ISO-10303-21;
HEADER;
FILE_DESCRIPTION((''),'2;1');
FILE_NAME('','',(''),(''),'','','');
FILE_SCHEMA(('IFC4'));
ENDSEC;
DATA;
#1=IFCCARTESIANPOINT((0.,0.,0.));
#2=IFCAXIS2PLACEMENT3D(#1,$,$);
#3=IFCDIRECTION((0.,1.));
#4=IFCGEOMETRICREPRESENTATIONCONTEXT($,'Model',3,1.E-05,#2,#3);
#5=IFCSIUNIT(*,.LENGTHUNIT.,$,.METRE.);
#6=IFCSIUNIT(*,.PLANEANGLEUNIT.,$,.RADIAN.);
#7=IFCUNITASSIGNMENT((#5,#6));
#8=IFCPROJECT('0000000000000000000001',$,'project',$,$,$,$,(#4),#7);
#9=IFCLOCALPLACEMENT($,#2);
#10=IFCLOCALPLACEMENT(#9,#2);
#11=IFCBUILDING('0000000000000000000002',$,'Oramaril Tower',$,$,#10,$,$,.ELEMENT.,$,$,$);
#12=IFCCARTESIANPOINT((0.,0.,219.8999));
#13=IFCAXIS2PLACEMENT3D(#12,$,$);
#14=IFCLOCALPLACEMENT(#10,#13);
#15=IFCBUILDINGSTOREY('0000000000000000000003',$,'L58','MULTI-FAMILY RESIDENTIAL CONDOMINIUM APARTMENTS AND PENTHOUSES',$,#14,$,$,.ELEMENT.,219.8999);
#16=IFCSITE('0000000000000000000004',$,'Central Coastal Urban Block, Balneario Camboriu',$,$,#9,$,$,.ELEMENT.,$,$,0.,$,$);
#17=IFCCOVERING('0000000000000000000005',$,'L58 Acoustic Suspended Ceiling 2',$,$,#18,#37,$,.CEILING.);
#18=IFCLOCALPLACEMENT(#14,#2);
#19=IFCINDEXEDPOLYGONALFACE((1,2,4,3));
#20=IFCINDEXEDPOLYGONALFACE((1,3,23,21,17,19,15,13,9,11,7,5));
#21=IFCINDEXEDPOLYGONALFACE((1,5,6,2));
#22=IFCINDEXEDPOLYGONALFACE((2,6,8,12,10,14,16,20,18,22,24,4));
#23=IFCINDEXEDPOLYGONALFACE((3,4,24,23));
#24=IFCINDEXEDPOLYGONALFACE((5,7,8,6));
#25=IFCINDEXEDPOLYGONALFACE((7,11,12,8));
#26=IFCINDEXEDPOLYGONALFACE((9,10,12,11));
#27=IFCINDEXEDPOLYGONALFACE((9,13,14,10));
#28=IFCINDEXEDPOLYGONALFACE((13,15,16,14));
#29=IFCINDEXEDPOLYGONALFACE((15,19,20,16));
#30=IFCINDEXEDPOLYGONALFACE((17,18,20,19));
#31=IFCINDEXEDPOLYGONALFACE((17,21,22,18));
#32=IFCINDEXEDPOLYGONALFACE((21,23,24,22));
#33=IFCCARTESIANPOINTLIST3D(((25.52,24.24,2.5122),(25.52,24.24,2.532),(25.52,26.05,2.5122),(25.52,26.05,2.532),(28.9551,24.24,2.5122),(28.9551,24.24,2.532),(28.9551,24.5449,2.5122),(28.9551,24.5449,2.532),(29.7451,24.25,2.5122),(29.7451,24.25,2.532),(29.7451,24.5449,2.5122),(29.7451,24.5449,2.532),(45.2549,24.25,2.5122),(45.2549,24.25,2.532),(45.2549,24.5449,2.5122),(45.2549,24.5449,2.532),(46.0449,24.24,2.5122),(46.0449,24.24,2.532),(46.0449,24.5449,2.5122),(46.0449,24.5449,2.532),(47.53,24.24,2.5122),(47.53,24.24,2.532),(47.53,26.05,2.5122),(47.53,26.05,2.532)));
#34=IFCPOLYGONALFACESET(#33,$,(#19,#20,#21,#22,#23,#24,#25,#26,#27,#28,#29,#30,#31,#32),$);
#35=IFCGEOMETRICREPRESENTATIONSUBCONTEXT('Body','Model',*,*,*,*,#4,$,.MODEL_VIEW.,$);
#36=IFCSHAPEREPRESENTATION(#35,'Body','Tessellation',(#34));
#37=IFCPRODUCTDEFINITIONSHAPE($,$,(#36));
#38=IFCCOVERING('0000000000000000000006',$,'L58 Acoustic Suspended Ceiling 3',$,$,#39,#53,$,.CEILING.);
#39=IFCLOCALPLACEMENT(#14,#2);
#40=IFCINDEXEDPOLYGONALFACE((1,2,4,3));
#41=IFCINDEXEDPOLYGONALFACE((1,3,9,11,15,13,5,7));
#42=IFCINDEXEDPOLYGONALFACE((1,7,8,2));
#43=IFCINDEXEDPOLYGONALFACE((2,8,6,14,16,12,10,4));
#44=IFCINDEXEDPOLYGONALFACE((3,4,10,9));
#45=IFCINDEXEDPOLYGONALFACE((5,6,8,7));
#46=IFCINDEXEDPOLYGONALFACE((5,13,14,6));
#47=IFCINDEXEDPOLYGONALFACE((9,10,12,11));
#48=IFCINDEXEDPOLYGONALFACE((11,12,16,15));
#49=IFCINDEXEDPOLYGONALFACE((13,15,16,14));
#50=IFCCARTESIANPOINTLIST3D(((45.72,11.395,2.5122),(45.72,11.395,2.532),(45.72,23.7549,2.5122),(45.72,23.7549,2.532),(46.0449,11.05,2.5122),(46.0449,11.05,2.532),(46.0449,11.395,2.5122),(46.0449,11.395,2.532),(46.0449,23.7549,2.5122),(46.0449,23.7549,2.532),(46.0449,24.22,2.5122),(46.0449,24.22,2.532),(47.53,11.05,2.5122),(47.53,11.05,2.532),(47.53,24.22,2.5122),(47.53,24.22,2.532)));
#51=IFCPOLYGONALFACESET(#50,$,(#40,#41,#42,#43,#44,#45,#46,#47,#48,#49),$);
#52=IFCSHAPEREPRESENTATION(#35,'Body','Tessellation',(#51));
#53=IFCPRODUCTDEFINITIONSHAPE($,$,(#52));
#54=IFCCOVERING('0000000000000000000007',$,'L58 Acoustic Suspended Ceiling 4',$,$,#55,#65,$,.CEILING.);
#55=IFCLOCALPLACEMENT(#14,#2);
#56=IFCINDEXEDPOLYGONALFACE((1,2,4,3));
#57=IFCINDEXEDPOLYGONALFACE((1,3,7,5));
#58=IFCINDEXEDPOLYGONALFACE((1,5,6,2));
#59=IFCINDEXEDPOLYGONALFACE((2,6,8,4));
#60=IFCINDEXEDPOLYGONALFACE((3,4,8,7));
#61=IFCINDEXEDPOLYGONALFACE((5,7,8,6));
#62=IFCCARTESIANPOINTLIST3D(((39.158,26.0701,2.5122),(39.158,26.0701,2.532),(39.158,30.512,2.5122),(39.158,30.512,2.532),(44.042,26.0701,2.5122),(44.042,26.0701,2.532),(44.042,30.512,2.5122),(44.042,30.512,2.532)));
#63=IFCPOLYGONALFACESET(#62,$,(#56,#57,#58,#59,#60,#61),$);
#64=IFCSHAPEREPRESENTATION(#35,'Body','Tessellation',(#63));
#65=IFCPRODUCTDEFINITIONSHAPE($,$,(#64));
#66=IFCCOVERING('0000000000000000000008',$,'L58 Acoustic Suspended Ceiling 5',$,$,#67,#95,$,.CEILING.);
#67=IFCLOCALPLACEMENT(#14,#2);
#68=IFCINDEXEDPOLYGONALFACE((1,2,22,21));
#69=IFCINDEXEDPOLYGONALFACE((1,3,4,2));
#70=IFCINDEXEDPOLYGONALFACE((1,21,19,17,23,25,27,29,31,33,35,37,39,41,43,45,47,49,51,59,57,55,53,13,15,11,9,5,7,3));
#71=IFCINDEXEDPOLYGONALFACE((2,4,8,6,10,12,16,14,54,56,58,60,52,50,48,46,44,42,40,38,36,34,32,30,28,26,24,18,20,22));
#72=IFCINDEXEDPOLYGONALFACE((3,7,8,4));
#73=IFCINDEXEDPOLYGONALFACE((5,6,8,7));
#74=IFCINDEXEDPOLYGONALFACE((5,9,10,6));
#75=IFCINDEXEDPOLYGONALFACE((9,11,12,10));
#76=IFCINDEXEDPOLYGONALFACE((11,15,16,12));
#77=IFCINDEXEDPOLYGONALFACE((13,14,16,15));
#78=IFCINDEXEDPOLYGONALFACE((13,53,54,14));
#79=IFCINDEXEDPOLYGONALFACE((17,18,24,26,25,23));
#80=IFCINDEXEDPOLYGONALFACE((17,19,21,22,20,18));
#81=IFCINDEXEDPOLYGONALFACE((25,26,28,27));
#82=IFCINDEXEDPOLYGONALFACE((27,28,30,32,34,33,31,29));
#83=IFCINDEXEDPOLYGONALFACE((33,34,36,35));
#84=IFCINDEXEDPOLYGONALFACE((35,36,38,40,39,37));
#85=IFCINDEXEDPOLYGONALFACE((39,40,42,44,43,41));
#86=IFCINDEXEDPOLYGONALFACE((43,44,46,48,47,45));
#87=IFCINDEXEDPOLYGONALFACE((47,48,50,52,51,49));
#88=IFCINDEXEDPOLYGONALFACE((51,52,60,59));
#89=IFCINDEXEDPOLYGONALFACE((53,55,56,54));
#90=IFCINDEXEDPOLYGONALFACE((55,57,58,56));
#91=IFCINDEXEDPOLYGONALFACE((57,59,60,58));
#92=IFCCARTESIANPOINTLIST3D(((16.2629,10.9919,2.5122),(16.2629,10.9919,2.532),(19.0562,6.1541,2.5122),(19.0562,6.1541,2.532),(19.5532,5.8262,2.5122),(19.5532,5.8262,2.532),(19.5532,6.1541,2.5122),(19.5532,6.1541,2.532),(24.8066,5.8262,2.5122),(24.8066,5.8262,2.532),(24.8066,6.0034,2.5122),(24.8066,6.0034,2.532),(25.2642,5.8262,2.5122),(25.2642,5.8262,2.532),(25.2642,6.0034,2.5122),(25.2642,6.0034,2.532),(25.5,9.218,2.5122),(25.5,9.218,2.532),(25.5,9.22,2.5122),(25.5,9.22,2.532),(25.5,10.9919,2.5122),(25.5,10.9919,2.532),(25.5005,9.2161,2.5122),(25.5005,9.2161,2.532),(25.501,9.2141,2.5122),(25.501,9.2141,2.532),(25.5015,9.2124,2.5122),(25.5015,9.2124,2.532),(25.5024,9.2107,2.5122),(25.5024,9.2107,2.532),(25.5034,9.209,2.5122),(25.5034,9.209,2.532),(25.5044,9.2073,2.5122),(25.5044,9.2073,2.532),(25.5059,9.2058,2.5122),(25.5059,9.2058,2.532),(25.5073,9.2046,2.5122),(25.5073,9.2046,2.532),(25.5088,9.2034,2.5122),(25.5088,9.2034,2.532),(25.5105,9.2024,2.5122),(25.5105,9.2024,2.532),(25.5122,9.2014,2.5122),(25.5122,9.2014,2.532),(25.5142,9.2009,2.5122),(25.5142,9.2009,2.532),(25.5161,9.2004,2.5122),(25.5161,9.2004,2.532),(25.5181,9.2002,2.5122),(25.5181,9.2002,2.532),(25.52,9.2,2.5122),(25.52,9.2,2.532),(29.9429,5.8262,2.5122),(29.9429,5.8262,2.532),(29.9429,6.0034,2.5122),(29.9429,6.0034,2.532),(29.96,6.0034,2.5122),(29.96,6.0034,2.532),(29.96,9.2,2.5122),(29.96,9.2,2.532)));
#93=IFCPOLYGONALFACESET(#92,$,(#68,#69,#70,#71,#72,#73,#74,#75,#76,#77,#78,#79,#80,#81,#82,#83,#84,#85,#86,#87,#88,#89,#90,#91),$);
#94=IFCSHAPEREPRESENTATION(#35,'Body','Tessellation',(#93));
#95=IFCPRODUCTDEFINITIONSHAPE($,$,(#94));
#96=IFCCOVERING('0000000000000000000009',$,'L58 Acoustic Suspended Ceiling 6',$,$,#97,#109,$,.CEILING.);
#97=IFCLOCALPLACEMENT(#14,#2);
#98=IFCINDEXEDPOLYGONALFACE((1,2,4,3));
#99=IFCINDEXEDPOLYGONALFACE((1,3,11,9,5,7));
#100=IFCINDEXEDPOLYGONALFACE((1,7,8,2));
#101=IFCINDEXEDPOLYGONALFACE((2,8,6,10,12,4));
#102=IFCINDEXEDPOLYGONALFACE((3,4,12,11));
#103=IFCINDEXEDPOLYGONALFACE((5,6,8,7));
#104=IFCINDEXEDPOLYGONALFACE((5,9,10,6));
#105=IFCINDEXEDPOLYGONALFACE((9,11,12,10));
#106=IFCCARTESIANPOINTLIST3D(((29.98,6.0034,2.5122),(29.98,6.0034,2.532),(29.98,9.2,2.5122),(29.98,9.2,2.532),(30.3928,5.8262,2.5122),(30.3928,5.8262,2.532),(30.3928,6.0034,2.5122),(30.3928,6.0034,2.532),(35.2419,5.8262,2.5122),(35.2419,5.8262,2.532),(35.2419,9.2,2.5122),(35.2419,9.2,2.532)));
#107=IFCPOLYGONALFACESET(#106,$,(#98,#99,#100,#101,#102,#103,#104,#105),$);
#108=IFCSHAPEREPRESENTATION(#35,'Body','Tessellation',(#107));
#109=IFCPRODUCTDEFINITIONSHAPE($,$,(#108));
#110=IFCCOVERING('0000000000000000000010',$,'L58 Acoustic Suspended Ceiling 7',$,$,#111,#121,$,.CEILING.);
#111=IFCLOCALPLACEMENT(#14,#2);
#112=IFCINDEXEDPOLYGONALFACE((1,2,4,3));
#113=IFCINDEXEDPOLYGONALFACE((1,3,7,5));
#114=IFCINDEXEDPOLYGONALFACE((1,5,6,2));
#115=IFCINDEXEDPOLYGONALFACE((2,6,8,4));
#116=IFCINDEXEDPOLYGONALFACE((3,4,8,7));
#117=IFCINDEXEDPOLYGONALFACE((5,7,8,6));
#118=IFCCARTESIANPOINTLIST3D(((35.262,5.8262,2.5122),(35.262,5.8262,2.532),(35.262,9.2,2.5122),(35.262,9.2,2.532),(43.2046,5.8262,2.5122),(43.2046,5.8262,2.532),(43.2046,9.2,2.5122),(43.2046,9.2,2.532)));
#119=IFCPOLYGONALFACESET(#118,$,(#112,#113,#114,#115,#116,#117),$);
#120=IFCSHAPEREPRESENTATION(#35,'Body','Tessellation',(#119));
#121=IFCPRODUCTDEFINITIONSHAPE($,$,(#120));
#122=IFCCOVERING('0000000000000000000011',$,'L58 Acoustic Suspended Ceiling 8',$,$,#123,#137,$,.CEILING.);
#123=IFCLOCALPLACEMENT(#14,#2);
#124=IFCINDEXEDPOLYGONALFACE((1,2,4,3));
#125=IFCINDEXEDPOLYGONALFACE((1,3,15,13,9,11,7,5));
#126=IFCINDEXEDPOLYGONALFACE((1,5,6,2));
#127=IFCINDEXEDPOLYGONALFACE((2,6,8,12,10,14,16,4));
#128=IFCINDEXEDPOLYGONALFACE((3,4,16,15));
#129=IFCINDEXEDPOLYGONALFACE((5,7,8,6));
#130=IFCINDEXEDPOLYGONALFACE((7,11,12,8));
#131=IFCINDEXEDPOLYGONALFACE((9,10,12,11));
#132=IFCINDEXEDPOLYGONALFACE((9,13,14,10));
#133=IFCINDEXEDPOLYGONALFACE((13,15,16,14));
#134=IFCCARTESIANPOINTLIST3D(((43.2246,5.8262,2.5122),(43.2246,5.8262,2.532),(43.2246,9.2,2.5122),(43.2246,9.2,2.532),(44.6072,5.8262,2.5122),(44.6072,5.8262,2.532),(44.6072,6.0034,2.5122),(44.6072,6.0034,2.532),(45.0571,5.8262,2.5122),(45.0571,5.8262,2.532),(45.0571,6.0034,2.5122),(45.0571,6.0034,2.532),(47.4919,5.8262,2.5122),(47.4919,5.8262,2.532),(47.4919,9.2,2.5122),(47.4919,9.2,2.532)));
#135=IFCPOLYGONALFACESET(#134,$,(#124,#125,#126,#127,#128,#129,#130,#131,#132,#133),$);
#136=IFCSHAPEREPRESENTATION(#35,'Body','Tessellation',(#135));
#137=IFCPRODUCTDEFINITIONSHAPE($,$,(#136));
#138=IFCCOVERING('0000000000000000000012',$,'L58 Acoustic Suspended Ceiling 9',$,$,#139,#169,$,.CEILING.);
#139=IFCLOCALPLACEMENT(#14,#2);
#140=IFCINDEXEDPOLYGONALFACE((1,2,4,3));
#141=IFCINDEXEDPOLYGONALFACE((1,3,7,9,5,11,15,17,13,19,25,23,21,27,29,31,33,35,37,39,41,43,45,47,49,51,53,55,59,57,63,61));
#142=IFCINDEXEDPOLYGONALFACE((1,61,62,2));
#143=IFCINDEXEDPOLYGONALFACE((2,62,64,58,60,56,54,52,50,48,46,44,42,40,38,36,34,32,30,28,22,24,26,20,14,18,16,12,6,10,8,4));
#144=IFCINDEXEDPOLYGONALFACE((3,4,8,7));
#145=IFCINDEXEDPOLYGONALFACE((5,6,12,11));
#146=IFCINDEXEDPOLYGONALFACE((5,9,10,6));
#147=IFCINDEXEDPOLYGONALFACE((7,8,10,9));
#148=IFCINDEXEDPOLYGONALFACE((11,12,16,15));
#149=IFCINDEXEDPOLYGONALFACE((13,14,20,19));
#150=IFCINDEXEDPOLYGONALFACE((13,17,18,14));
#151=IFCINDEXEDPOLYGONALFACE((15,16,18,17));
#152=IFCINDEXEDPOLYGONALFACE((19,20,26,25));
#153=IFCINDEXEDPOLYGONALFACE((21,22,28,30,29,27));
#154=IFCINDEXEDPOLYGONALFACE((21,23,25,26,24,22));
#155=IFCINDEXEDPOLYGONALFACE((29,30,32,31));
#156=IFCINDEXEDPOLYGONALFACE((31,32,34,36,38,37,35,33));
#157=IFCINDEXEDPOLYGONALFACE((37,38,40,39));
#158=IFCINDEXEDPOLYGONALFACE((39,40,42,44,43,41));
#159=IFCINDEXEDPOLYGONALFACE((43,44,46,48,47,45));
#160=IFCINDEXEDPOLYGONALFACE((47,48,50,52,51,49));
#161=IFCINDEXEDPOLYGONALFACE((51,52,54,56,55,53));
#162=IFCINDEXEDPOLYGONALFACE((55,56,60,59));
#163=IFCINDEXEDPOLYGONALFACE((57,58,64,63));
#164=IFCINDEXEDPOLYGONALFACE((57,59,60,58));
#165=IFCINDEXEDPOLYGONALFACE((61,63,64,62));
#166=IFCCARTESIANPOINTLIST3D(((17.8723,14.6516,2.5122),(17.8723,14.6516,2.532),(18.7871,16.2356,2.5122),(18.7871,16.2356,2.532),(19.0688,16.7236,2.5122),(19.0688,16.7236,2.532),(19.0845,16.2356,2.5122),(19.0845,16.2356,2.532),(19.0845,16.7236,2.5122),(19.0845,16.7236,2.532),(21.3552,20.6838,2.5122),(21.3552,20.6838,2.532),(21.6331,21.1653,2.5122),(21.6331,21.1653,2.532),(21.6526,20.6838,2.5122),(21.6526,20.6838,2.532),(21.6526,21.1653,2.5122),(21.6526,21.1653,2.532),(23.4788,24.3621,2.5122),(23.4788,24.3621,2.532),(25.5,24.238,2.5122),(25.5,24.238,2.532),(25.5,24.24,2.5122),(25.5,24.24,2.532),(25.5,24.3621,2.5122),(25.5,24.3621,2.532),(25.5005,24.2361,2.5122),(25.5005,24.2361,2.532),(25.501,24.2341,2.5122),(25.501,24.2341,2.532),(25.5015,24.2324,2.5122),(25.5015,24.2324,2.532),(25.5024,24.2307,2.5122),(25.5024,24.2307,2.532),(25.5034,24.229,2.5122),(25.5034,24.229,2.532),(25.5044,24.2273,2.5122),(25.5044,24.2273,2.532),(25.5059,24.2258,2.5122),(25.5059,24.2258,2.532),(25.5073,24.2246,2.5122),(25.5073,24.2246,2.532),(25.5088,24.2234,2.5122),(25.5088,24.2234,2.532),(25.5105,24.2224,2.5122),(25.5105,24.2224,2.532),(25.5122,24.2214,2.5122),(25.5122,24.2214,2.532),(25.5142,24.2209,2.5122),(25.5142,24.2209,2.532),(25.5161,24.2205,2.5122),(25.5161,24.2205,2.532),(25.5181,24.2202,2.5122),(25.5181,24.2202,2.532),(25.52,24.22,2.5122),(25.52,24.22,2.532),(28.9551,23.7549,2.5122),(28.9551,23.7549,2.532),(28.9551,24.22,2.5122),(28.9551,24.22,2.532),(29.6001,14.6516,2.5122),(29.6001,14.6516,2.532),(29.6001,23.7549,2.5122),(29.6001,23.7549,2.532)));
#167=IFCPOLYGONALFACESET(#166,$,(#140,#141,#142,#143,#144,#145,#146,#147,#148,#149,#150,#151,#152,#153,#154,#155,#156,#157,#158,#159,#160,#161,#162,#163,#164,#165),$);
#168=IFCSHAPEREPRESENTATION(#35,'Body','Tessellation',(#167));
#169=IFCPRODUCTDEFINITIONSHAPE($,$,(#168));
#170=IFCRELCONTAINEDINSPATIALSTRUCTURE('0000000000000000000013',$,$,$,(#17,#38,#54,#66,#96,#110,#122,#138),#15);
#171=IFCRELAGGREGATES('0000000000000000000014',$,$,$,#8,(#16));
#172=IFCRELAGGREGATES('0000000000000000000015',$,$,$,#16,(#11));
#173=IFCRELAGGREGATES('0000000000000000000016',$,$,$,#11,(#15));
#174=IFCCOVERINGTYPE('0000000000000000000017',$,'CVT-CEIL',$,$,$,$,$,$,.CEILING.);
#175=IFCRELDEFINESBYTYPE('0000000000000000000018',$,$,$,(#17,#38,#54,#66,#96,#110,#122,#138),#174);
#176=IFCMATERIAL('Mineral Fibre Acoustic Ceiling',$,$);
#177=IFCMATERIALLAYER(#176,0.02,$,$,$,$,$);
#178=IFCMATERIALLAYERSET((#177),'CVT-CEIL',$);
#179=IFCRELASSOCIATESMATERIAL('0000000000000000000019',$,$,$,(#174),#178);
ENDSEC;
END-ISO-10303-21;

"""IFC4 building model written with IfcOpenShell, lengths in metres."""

from ifc_helpers import new_model, si_unit, direction, frame, origin, place, context, subcontext, project, spatial, polyline, outline, extrude, material, layer, layer_set, type_object, element, save


model = new_model("IFC4")

# Units and contexts
model_context = context("Model", 3, precision=1e-05, world=origin(), true_north=direction((0.0, 1.0)))
body_context = subcontext(model_context, "Body", "Model", "MODEL_VIEW")
ifc_project = project(units=[si_unit("LENGTHUNIT", "METRE"), si_unit("PLANEANGLEUNIT", "RADIAN")], contexts=[model_context])

# Site, building, storey
site_placement = place(None, origin())
site = spatial("IfcSite", under=ifc_project, at=site_placement, Name="Central Coastal Urban Block, Balneario Camboriu", CompositionType="ELEMENT", RefElevation=0.0)
building_placement = place(site_placement, origin())
building = spatial("IfcBuilding", under=site, at=building_placement, Name="Oramaril Tower", CompositionType="ELEMENT")
storey_placement = place(building_placement, frame((0.0, 0.0, 219.8999)))
storey = spatial("IfcBuildingStorey", under=building, at=storey_placement, Name="L58", Description="MULTI-FAMILY RESIDENTIAL CONDOMINIUM APARTMENTS AND PENTHOUSES", CompositionType="ELEMENT", Elevation=219.8999)

# Coverings
ifc_material_1 = material(Name="Mineral Fibre Acoustic Ceiling")
ifc_layer_1 = layer(ifc_material_1, 0.02)
ifc_layer_set_1 = layer_set([ifc_layer_1], Name="CVT-CEIL")
covering_type_1 = type_object("IfcCoveringType", Name="CVT-CEIL", PredefinedType="CEILING", material=ifc_layer_set_1)
covering_1_placement = place(storey_placement, frame((0.0, 0.0, 2.5122)))
element("IfcCovering", 1, at=covering_1_placement, inside=storey, type_object=covering_type_1, Name="L58 Acoustic Suspended Ceiling 2", PredefinedType="CEILING", context=body_context, shape_type="SweptSolid", body=[
    extrude(outline(polyline([(47.53, 24.24), (46.0449, 24.24), (46.0449, 24.5449), (45.2549, 24.5449), (45.2549, 24.25), (29.7451, 24.25), (29.7451, 24.5449), (28.9551, 24.5449), (28.9551, 24.24), (25.52, 24.24), (25.52, 26.05), (47.53, 26.05), (47.53, 24.24)])), origin(), (0.0, 0.0, 1.0), 0.0198),
])
covering_2_placement = place(storey_placement, frame((0.0, 0.0, 2.5122)))
element("IfcCovering", 2, at=covering_2_placement, inside=storey, type_object=covering_type_1, Name="L58 Acoustic Suspended Ceiling 3", PredefinedType="CEILING", context=body_context, shape_type="SweptSolid", body=[
    extrude(outline(polyline([(47.53, 11.05), (46.0449, 11.05), (46.0449, 11.395), (45.72, 11.395), (45.72, 23.7549), (46.0449, 23.7549), (46.0449, 24.22), (47.53, 24.22), (47.53, 11.05)])), origin(), (0.0, 0.0, 1.0), 0.0198),
])
covering_3_placement = place(storey_placement, frame((0.0, 0.0, 2.5122)))
element("IfcCovering", 3, at=covering_3_placement, inside=storey, type_object=covering_type_1, Name="L58 Acoustic Suspended Ceiling 4", PredefinedType="CEILING", context=body_context, shape_type="SweptSolid", body=[
    extrude(outline(polyline([(44.042, 30.512), (44.042, 26.0701), (39.158, 26.0701), (39.158, 30.512), (44.042, 30.512)])), origin(), (0.0, 0.0, 1.0), 0.0198),
])
covering_4_placement = place(storey_placement, frame((0.0, 0.0, 2.5122)))
element("IfcCovering", 4, at=covering_4_placement, inside=storey, type_object=covering_type_1, Name="L58 Acoustic Suspended Ceiling 5", PredefinedType="CEILING", context=body_context, shape_type="SweptSolid", body=[
    extrude(outline(polyline([(29.96, 6.0034), (29.9429, 6.0034), (29.9429, 5.8262), (25.2642, 5.8262), (25.2642, 6.0034), (24.8066, 6.0034), (24.8066, 5.8262), (19.5532, 5.8262), (19.5532, 6.1541), (19.0562, 6.1541), (16.2629, 10.9919), (25.5, 10.9919), (25.5, 9.22), (25.5, 9.218), (25.5005, 9.2161), (25.501, 9.2141), (25.5015, 9.2124), (25.5024, 9.2107), (25.5034, 9.209), (25.5044, 9.2073), (25.5059, 9.2058), (25.5073, 9.2046), (25.5088, 9.2034), (25.5105, 9.2024), (25.5122, 9.2014), (25.5142, 9.2009), (25.5161, 9.2004), (25.5181, 9.2002), (25.52, 9.2), (29.96, 9.2), (29.96, 6.0034)])), origin(), (0.0, 0.0, 1.0), 0.0198),
])
covering_5_placement = place(storey_placement, frame((0.0, 0.0, 2.5122)))
element("IfcCovering", 5, at=covering_5_placement, inside=storey, type_object=covering_type_1, Name="L58 Acoustic Suspended Ceiling 6", PredefinedType="CEILING", context=body_context, shape_type="SweptSolid", body=[
    extrude(outline(polyline([(30.3928, 5.8262), (30.3928, 6.0034), (29.98, 6.0034), (29.98, 9.2), (35.2419, 9.2), (35.2419, 5.8262), (30.3928, 5.8262)])), origin(), (0.0, 0.0, 1.0), 0.0198),
])
covering_6_placement = place(storey_placement, frame((0.0, 0.0, 2.5122)))
element("IfcCovering", 6, at=covering_6_placement, inside=storey, type_object=covering_type_1, Name="L58 Acoustic Suspended Ceiling 7", PredefinedType="CEILING", context=body_context, shape_type="SweptSolid", body=[
    extrude(outline(polyline([(35.262, 5.8262), (35.262, 9.2), (43.2046, 9.2), (43.2046, 5.8262), (35.262, 5.8262)])), origin(), (0.0, 0.0, 1.0), 0.0198),
])
covering_7_placement = place(storey_placement, frame((0.0, 0.0, 2.5122)))
element("IfcCovering", 7, at=covering_7_placement, inside=storey, type_object=covering_type_1, Name="L58 Acoustic Suspended Ceiling 8", PredefinedType="CEILING", context=body_context, shape_type="SweptSolid", body=[
    extrude(outline(polyline([(45.0571, 6.0034), (44.6072, 6.0034), (44.6072, 5.8262), (43.2246, 5.8262), (43.2246, 9.2), (47.4919, 9.2), (47.4919, 5.8262), (45.0571, 5.8262), (45.0571, 6.0034)])), origin(), (0.0, 0.0, 1.0), 0.0198),
])
covering_8_placement = place(storey_placement, frame((0.0, 0.0, 2.5122)))
element("IfcCovering", 8, at=covering_8_placement, inside=storey, type_object=covering_type_1, Name="L58 Acoustic Suspended Ceiling 9", PredefinedType="CEILING", context=body_context, shape_type="SweptSolid", body=[
    extrude(outline(polyline([(28.9551, 23.7549), (29.6001, 23.7549), (29.6001, 14.6516), (17.8723, 14.6516), (18.7871, 16.2356), (19.0845, 16.2356), (19.0845, 16.7236), (19.0688, 16.7236), (21.3552, 20.6838), (21.6526, 20.6838), (21.6526, 21.1653), (21.6331, 21.1653), (23.4788, 24.3621), (25.5, 24.3621), (25.5, 24.24), (25.5, 24.238), (25.5005, 24.2361), (25.501, 24.2341), (25.5015, 24.2324), (25.5024, 24.2307), (25.5034, 24.229), (25.5044, 24.2273), (25.5059, 24.2258), (25.5073, 24.2246), (25.5088, 24.2234), (25.5105, 24.2224), (25.5122, 24.2214), (25.5142, 24.2209), (25.5161, 24.2205), (25.5181, 24.2202), (25.52, 24.22), (28.9551, 24.22), (28.9551, 23.7549)])), origin(), (0.0, 0.0, 1.0), 0.0198),
])

save(model, "model.ifc")
